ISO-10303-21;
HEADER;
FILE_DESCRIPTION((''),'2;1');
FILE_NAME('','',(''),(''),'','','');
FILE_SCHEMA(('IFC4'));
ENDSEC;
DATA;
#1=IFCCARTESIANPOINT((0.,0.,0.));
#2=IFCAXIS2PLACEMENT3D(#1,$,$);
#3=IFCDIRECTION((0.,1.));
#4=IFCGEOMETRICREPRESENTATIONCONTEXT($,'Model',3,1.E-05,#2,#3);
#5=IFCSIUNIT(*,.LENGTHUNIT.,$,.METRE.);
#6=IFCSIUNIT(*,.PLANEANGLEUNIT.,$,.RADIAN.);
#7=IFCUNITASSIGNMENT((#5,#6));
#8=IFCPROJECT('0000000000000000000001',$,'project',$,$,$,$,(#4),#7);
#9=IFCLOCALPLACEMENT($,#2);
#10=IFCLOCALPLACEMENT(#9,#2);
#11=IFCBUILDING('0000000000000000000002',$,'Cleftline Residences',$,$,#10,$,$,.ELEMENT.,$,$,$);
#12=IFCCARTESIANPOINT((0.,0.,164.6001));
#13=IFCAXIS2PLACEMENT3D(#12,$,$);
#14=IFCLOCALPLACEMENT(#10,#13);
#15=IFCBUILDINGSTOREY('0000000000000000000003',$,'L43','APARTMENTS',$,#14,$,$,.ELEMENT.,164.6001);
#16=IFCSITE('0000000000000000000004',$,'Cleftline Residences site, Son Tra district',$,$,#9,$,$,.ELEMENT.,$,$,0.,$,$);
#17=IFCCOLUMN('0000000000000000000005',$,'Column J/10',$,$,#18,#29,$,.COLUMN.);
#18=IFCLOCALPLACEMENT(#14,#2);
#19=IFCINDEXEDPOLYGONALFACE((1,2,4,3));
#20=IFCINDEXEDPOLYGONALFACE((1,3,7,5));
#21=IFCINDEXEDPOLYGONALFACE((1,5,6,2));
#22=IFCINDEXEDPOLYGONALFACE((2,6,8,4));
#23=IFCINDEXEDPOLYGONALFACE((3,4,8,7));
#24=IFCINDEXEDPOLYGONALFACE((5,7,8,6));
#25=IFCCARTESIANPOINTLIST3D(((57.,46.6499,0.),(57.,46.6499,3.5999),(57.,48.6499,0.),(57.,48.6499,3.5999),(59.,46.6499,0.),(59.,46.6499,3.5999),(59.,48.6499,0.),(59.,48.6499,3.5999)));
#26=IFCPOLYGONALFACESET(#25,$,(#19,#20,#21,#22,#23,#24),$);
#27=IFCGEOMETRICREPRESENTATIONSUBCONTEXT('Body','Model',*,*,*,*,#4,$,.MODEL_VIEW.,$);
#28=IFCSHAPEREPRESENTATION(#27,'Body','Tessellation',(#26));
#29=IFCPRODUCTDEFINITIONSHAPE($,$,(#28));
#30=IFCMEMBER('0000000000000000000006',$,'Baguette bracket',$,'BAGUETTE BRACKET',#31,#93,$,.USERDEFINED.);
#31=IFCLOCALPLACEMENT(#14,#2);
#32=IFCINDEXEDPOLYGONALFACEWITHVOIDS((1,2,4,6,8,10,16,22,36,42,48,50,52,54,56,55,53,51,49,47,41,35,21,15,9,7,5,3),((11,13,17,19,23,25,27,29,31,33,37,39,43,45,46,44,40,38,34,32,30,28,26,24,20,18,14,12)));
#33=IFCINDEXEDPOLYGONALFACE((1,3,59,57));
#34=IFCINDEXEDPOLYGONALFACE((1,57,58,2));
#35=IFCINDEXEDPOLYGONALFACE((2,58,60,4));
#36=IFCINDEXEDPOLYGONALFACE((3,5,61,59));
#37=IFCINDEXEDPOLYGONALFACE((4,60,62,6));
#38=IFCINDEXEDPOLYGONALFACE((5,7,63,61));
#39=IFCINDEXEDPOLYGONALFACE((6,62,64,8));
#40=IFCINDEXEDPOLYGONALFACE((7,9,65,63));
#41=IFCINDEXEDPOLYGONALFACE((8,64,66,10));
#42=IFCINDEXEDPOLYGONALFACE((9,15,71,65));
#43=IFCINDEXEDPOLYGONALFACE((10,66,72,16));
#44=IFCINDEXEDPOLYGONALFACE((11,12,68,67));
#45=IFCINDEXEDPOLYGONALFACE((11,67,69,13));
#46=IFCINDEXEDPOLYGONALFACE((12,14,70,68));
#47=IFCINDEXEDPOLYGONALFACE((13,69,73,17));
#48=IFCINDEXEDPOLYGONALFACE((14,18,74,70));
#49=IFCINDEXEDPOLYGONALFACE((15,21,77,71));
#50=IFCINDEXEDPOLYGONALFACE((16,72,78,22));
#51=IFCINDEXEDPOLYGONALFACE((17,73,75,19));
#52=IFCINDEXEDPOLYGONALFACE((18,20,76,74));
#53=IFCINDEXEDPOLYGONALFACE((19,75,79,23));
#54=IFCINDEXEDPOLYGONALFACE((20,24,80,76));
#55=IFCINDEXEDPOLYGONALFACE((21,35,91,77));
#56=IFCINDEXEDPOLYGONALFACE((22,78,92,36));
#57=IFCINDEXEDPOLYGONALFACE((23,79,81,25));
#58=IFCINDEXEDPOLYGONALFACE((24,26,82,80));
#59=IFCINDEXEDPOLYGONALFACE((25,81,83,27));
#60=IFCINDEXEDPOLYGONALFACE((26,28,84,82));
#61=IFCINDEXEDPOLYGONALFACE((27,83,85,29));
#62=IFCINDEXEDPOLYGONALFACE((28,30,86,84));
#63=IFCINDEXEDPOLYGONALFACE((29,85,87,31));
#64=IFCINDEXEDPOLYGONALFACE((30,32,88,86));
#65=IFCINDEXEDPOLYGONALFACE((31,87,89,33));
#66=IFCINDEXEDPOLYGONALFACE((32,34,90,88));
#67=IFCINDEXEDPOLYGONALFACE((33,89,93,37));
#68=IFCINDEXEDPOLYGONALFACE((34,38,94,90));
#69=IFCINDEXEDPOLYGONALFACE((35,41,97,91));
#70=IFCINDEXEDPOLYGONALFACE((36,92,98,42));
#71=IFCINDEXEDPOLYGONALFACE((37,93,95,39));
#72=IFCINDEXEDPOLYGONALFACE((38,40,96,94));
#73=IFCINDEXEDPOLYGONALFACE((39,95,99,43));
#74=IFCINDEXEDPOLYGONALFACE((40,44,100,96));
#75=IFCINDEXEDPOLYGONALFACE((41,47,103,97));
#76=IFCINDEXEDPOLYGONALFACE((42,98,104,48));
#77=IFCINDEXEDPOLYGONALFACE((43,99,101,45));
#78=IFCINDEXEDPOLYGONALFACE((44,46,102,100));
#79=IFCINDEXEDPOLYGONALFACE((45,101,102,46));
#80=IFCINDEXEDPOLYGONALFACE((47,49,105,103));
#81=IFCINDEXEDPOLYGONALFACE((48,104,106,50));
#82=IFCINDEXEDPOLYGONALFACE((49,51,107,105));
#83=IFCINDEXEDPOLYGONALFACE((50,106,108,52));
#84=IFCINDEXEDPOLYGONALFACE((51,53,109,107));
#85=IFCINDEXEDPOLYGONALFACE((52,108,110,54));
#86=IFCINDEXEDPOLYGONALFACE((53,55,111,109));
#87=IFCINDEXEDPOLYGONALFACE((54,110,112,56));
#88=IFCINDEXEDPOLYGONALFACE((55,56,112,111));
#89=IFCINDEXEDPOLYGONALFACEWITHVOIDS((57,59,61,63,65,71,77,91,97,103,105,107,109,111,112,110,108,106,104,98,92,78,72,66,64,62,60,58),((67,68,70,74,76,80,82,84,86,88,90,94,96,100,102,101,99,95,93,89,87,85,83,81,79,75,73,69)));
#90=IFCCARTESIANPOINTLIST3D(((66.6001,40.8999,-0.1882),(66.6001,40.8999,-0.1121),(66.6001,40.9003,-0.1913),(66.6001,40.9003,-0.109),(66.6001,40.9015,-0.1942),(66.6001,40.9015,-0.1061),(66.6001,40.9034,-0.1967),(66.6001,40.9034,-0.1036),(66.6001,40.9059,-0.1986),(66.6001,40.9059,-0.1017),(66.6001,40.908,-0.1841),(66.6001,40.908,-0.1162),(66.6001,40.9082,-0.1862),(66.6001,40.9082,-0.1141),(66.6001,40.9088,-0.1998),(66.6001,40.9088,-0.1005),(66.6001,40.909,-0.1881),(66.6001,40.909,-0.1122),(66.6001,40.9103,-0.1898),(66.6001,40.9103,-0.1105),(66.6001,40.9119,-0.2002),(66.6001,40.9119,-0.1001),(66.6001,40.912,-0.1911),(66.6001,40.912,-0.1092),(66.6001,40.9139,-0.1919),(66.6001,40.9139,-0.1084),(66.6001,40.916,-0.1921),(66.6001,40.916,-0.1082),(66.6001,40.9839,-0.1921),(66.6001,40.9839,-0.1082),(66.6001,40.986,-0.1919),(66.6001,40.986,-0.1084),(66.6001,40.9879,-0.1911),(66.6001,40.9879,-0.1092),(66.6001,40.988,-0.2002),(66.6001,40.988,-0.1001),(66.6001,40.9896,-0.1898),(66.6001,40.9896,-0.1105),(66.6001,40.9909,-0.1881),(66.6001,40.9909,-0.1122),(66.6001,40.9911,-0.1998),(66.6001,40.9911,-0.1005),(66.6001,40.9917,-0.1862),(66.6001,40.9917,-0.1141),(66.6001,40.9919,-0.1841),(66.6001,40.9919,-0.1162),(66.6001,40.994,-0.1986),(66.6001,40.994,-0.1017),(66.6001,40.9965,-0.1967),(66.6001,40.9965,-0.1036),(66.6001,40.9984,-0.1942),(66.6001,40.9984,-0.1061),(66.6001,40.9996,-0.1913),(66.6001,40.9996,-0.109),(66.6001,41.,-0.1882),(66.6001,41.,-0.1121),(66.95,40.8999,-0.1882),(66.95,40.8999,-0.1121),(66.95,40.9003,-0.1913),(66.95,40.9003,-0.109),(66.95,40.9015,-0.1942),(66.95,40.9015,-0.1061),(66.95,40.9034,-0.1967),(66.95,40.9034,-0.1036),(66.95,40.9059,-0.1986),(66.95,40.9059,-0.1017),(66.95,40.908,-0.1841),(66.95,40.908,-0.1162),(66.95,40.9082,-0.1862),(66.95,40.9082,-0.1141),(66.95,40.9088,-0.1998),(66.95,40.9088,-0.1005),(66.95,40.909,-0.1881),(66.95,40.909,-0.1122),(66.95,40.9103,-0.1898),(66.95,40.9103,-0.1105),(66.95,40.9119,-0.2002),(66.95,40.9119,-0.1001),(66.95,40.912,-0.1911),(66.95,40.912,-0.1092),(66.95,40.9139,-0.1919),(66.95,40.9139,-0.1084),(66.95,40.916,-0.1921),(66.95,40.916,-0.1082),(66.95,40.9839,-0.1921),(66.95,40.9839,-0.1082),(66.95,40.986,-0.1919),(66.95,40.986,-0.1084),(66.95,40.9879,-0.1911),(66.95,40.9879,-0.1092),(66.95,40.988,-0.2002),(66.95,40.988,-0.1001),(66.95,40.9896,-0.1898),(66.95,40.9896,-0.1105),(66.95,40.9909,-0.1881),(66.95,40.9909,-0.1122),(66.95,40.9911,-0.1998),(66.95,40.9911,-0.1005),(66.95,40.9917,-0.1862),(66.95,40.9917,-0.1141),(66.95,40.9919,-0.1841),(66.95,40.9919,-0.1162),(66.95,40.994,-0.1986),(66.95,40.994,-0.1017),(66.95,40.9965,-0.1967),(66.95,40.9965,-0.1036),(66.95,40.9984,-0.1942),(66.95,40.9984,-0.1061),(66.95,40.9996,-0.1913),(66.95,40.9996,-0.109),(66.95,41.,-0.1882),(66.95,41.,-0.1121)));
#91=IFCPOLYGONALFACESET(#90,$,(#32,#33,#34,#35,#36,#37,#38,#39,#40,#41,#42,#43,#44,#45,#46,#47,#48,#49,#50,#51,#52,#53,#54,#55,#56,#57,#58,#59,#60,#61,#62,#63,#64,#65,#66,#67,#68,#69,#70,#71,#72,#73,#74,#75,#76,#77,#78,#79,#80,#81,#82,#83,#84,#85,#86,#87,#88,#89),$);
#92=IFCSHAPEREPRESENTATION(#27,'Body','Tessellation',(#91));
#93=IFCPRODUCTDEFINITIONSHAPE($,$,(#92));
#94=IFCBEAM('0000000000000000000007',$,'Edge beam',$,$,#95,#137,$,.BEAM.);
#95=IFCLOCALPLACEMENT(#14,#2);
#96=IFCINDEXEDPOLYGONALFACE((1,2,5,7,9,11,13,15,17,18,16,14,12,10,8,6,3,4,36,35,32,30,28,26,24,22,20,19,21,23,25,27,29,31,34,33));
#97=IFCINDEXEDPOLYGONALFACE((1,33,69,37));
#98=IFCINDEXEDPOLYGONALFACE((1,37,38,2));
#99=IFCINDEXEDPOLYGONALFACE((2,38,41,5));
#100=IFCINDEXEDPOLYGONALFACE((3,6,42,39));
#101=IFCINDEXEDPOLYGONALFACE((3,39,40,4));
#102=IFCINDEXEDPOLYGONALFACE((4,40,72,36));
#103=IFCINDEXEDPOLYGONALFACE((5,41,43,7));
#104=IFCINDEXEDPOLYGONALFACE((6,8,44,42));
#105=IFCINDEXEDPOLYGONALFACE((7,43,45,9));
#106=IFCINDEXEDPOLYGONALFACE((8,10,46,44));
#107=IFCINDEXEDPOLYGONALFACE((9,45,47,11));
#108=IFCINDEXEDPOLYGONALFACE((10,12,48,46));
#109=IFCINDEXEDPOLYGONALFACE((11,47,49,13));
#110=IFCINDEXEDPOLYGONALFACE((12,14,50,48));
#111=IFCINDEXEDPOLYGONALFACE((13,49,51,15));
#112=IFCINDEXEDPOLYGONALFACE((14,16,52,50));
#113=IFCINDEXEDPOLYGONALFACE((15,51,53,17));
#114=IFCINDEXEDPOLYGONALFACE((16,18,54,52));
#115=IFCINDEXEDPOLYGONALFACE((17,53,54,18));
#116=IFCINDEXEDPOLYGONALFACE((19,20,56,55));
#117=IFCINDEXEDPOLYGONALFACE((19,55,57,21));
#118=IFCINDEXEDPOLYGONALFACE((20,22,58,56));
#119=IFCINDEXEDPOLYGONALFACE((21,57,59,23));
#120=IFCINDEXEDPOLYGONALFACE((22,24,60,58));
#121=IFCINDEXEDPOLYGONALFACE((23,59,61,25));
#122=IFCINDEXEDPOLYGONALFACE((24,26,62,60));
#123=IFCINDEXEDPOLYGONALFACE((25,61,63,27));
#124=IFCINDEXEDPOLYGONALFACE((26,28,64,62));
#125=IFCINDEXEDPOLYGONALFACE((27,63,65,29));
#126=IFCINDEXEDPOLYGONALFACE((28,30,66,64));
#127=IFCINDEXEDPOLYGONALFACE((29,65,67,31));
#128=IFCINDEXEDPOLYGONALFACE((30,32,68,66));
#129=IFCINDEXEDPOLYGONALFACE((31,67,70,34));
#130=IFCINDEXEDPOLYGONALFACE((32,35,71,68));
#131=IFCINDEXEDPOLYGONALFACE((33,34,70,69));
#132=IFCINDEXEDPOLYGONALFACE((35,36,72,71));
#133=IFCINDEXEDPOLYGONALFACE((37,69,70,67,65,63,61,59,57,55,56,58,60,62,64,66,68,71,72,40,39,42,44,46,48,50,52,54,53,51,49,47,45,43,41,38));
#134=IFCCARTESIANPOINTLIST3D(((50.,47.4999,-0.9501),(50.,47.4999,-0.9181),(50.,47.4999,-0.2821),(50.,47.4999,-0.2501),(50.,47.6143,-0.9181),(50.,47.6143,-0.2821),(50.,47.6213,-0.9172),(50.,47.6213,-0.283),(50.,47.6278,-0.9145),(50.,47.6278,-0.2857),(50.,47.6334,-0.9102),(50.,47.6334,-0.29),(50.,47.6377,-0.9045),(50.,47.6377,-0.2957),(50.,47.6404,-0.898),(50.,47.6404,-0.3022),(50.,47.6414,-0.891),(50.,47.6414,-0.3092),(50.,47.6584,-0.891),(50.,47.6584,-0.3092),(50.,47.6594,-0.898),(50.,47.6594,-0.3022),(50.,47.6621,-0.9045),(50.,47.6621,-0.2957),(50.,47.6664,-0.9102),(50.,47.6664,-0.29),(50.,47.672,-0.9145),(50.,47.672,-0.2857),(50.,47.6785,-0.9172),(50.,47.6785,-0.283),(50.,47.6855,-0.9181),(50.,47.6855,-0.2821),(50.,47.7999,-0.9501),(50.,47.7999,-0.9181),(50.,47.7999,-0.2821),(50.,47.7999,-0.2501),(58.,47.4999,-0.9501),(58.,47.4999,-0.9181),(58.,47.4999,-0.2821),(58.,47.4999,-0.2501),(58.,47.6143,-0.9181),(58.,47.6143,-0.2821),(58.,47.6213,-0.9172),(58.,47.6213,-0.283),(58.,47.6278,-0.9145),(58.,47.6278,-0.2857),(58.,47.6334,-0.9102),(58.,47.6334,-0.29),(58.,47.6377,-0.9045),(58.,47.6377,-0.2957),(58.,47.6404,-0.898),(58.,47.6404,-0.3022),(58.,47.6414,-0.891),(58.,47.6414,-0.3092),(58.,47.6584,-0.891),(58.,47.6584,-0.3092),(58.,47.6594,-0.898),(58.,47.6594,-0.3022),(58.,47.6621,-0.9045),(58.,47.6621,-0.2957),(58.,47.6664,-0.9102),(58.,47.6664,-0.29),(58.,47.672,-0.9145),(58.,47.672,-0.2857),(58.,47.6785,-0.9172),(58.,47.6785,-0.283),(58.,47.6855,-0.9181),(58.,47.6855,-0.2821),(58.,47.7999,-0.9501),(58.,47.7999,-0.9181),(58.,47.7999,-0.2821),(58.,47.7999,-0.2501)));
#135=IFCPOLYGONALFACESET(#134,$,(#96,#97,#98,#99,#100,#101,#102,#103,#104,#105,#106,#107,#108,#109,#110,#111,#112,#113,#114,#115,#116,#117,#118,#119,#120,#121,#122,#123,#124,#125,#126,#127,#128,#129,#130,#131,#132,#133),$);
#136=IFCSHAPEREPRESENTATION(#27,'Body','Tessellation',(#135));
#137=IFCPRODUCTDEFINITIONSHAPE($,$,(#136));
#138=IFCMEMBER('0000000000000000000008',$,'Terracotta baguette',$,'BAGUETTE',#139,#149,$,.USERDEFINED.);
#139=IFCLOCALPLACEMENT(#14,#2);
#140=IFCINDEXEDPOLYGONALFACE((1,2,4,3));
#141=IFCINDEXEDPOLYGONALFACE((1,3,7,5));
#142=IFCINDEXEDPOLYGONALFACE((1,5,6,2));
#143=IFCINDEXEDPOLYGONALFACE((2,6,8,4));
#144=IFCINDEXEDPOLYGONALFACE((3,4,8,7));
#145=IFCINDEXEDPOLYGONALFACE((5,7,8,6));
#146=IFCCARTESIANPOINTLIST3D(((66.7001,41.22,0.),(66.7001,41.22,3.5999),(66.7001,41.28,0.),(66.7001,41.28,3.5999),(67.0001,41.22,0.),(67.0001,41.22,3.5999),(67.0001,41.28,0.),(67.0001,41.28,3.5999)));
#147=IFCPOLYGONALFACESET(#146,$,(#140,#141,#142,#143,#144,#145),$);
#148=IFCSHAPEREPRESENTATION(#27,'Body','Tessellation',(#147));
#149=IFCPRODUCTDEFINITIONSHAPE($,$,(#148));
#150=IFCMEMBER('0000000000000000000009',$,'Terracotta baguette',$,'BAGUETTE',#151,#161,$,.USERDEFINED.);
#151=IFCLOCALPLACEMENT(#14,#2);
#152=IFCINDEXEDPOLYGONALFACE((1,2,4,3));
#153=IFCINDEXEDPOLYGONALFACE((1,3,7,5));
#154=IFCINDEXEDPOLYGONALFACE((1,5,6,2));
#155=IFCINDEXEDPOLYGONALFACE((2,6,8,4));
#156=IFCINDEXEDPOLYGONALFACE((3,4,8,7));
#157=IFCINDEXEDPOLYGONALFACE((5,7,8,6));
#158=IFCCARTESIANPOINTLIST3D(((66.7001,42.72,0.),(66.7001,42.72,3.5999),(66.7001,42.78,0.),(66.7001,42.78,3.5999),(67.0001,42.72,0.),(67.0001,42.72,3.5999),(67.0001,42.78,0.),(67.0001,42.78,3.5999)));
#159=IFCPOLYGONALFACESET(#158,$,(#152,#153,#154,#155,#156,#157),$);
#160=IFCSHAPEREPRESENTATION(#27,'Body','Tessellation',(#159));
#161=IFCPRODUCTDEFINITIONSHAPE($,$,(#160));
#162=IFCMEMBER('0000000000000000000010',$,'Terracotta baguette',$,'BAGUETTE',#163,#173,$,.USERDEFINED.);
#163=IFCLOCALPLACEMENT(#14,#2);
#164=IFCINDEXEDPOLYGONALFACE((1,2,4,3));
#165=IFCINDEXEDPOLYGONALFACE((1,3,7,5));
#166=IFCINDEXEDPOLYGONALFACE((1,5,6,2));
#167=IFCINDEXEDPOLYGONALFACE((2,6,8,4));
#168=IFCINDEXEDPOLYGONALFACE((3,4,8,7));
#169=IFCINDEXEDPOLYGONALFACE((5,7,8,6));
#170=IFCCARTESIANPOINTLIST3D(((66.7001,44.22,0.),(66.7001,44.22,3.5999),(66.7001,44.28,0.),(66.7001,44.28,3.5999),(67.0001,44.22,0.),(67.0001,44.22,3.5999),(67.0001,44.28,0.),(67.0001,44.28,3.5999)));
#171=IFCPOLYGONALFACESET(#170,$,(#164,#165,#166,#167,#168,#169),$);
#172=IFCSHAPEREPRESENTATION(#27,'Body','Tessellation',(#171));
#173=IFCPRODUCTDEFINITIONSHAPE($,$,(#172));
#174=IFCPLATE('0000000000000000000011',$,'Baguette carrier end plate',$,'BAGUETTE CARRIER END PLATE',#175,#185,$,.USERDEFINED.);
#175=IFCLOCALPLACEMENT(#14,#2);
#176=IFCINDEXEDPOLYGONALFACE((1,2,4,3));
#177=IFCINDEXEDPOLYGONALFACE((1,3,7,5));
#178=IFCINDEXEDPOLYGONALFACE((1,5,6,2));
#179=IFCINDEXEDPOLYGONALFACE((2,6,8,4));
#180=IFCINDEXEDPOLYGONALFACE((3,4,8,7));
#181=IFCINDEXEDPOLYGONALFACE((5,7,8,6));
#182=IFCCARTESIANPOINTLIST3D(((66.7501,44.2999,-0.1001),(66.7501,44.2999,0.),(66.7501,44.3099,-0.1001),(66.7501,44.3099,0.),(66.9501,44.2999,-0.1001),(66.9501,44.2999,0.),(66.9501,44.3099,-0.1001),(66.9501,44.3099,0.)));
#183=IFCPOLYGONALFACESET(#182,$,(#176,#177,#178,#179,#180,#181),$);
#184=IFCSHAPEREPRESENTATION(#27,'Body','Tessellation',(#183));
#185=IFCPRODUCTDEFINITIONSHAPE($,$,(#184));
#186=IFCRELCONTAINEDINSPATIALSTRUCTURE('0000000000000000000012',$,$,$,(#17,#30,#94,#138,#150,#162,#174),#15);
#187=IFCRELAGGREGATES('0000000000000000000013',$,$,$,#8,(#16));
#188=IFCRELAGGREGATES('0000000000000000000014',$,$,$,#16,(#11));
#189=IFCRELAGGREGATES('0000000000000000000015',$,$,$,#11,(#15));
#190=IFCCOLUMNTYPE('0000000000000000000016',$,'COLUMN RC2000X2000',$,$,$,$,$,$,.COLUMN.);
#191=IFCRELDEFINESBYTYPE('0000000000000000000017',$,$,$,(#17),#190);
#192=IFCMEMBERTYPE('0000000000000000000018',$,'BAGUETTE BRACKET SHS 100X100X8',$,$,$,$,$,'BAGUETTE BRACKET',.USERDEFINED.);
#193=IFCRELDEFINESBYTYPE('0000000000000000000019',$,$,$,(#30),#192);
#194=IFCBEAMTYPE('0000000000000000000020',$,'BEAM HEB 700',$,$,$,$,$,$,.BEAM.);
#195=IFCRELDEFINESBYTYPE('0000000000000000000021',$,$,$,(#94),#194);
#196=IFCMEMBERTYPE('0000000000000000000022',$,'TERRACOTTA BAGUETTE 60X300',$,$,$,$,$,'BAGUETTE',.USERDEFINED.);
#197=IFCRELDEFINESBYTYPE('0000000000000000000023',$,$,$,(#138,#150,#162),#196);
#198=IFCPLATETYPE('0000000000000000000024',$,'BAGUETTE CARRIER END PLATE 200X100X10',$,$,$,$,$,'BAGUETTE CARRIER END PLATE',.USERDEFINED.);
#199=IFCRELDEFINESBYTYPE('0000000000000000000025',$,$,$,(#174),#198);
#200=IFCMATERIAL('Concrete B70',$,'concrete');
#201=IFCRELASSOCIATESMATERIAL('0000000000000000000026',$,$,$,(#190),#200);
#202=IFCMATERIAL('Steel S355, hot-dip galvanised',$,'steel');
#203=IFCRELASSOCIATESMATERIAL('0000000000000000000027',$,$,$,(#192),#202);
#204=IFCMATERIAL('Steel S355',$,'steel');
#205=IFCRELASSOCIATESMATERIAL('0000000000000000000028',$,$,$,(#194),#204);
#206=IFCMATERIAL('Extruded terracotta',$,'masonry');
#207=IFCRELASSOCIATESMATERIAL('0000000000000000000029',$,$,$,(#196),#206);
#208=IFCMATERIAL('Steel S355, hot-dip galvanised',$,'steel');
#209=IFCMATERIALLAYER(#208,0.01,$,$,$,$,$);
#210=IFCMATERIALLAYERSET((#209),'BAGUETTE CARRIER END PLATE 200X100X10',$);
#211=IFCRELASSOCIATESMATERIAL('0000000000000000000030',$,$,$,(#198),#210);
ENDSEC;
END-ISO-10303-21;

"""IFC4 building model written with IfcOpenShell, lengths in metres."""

from ifc_helpers import new_model, si_unit, direction, frame, origin, origin_2d, place, context, subcontext, project, spatial, rectangle, hollow_rectangle, i_section, extrude, material, layer, layer_set, material_profile, profile_set, type_object, element, save


model = new_model("IFC4")

# Units and contexts
model_context = context("Model", 3, precision=1e-05, world=origin(), true_north=direction((0.0, 1.0)))
body_context = subcontext(model_context, "Body", "Model", "MODEL_VIEW")
ifc_project = project(units=[si_unit("LENGTHUNIT", "METRE"), si_unit("PLANEANGLEUNIT", "RADIAN")], contexts=[model_context])

# Site, building, storey
site_placement = place(None, origin())
site = spatial("IfcSite", under=ifc_project, at=site_placement, Name="Cleftline Residences site, Son Tra district", CompositionType="ELEMENT", RefElevation=0.0)
building_placement = place(site_placement, origin())
building = spatial("IfcBuilding", under=site, at=building_placement, Name="Cleftline Residences", CompositionType="ELEMENT")
storey_placement = place(building_placement, frame((0.0, 0.0, 164.6001)))
storey = spatial("IfcBuildingStorey", under=building, at=storey_placement, Name="L43", Description="APARTMENTS", CompositionType="ELEMENT", Elevation=164.6001)

# Column
ifc_material_1 = material(Name="Concrete B70", Category="concrete")
ifc_material_profile_1 = material_profile(ifc_material_1, rectangle(XDim=2.0, YDim=2.0, at=origin_2d()))
ifc_profile_set_1 = profile_set([ifc_material_profile_1], Name="Concrete B70")
column_type = type_object("IfcColumnType", Name="COLUMN RC2000X2000", PredefinedType="COLUMN", material=ifc_profile_set_1)
column_placement = place(storey_placement, frame((58.0, 47.6499, 0.0), z_axis=(0.0, 0.0, 1.0), x_axis=(1.0, 0.0, 0.0)))
element("IfcColumn", 1, at=column_placement, inside=storey, type_object=column_type, Name="Column J/10", PredefinedType="COLUMN", context=body_context, shape_type="SweptSolid", body=[
    extrude(rectangle(XDim=2.0, YDim=2.0, at=origin_2d()), origin(), (0.0, 0.0, 1.0), 3.5999),
])

# Member
ifc_material_2 = material(Name="Steel S355, hot-dip galvanised", Category="steel")
ifc_material_profile_2 = material_profile(ifc_material_2, hollow_rectangle(XDim=0.1001, YDim=0.1001, WallThickness=0.0081, InnerFilletRadius=0.0081, OuterFilletRadius=0.012, at=origin_2d()))
ifc_profile_set_2 = profile_set([ifc_material_profile_2], Name="Steel S355, hot-dip galvanised")
member_type_1 = type_object("IfcMemberType", Name="BAGUETTE BRACKET SHS 100X100X8", ElementType="BAGUETTE BRACKET", PredefinedType="USERDEFINED", material=ifc_profile_set_2)
member_placement = place(storey_placement, frame((66.6001, 40.95, -0.1501), z_axis=(1.0, 0.0, 0.0), x_axis=(0.0, 1.0, 0.0)))
element("IfcMember", 2, at=member_placement, inside=storey, type_object=member_type_1, Name="Baguette bracket", ObjectType="BAGUETTE BRACKET", PredefinedType="USERDEFINED", context=body_context, shape_type="SweptSolid", body=[
    extrude(hollow_rectangle(XDim=0.1001, YDim=0.1001, WallThickness=0.0081, InnerFilletRadius=0.0081, OuterFilletRadius=0.012, at=origin_2d()), origin(), (0.0, 0.0, 1.0), 0.3499),
])

# Beam
ifc_material_3 = material(Name="Steel S355", Category="steel")
ifc_material_profile_3 = material_profile(ifc_material_3, i_section(OverallWidth=0.3, OverallDepth=0.7, WebThickness=0.0171, FlangeThickness=0.032, FilletRadius=0.0271, at=origin_2d()))
ifc_profile_set_3 = profile_set([ifc_material_profile_3], Name="Steel S355")
beam_type = type_object("IfcBeamType", Name="BEAM HEB 700", PredefinedType="BEAM", material=ifc_profile_set_3)
beam_placement = place(storey_placement, frame((58.0, 47.6499, -0.6001), z_axis=(-1.0, 0.0, 0.0), x_axis=(0.0, -1.0, 0.0)))
element("IfcBeam", 3, at=beam_placement, inside=storey, type_object=beam_type, Name="Edge beam", PredefinedType="BEAM", context=body_context, shape_type="SweptSolid", body=[
    extrude(i_section(OverallWidth=0.3, OverallDepth=0.7, WebThickness=0.0171, FlangeThickness=0.032, FilletRadius=0.0271, at=origin_2d()), origin(), (0.0, 0.0, 1.0), 8.0),
])

# Members
ifc_material_4 = material(Name="Extruded terracotta", Category="masonry")
ifc_material_profile_4 = material_profile(ifc_material_4, rectangle(XDim=0.0601, YDim=0.3, at=origin_2d()))
ifc_profile_set_4 = profile_set([ifc_material_profile_4], Name="Extruded terracotta")
member_type_2 = type_object("IfcMemberType", Name="TERRACOTTA BAGUETTE 60X300", ElementType="BAGUETTE", PredefinedType="USERDEFINED", material=ifc_profile_set_4)
for number, where, z_axis, x_axis, name in (
    (4, (66.8501, 41.25, 0.0), (0.0, 0.0, 1.0), (0.0, 1.0, 0.0), "Terracotta baguette"),
    (5, (66.8501, 42.75, 0.0), (0.0, 0.0, 1.0), (0.0, 1.0, 0.0), "Terracotta baguette"),
    (6, (66.8501, 44.25, 0.0), (0.0, 0.0, 1.0), (0.0, 1.0, 0.0), "Terracotta baguette"),
):
    element("IfcMember", number, at=place(storey_placement, frame(where, z_axis=z_axis, x_axis=x_axis)), inside=storey, type_object=member_type_2, Name=name, ObjectType="BAGUETTE", PredefinedType="USERDEFINED", context=body_context, shape_type="SweptSolid", body=[
        extrude(rectangle(XDim=0.0601, YDim=0.3, at=origin_2d()), origin(), (0.0, 0.0, 1.0), 3.5999),
    ])

# Plate
ifc_material_5 = material(Name="Steel S355, hot-dip galvanised", Category="steel")
ifc_layer_1 = layer(ifc_material_5, 0.01)
ifc_layer_set_1 = layer_set([ifc_layer_1], Name="BAGUETTE CARRIER END PLATE 200X100X10")
plate_type = type_object("IfcPlateType", Name="BAGUETTE CARRIER END PLATE 200X100X10", ElementType="BAGUETTE CARRIER END PLATE", PredefinedType="USERDEFINED", material=ifc_layer_set_1)
plate_placement = place(storey_placement, frame((66.8501, 44.3049, -0.1001), z_axis=(0.0, 0.0, 1.0), x_axis=(1.0, 0.0, 0.0)))
element("IfcPlate", 7, at=plate_placement, inside=storey, type_object=plate_type, Name="Baguette carrier end plate", ObjectType="BAGUETTE CARRIER END PLATE", PredefinedType="USERDEFINED", context=body_context, shape_type="SweptSolid", body=[
    extrude(rectangle(XDim=0.2, YDim=0.01, at=origin_2d()), origin(), (0.0, 0.0, 1.0), 0.1001),
])

save(model, "model.ifc")
